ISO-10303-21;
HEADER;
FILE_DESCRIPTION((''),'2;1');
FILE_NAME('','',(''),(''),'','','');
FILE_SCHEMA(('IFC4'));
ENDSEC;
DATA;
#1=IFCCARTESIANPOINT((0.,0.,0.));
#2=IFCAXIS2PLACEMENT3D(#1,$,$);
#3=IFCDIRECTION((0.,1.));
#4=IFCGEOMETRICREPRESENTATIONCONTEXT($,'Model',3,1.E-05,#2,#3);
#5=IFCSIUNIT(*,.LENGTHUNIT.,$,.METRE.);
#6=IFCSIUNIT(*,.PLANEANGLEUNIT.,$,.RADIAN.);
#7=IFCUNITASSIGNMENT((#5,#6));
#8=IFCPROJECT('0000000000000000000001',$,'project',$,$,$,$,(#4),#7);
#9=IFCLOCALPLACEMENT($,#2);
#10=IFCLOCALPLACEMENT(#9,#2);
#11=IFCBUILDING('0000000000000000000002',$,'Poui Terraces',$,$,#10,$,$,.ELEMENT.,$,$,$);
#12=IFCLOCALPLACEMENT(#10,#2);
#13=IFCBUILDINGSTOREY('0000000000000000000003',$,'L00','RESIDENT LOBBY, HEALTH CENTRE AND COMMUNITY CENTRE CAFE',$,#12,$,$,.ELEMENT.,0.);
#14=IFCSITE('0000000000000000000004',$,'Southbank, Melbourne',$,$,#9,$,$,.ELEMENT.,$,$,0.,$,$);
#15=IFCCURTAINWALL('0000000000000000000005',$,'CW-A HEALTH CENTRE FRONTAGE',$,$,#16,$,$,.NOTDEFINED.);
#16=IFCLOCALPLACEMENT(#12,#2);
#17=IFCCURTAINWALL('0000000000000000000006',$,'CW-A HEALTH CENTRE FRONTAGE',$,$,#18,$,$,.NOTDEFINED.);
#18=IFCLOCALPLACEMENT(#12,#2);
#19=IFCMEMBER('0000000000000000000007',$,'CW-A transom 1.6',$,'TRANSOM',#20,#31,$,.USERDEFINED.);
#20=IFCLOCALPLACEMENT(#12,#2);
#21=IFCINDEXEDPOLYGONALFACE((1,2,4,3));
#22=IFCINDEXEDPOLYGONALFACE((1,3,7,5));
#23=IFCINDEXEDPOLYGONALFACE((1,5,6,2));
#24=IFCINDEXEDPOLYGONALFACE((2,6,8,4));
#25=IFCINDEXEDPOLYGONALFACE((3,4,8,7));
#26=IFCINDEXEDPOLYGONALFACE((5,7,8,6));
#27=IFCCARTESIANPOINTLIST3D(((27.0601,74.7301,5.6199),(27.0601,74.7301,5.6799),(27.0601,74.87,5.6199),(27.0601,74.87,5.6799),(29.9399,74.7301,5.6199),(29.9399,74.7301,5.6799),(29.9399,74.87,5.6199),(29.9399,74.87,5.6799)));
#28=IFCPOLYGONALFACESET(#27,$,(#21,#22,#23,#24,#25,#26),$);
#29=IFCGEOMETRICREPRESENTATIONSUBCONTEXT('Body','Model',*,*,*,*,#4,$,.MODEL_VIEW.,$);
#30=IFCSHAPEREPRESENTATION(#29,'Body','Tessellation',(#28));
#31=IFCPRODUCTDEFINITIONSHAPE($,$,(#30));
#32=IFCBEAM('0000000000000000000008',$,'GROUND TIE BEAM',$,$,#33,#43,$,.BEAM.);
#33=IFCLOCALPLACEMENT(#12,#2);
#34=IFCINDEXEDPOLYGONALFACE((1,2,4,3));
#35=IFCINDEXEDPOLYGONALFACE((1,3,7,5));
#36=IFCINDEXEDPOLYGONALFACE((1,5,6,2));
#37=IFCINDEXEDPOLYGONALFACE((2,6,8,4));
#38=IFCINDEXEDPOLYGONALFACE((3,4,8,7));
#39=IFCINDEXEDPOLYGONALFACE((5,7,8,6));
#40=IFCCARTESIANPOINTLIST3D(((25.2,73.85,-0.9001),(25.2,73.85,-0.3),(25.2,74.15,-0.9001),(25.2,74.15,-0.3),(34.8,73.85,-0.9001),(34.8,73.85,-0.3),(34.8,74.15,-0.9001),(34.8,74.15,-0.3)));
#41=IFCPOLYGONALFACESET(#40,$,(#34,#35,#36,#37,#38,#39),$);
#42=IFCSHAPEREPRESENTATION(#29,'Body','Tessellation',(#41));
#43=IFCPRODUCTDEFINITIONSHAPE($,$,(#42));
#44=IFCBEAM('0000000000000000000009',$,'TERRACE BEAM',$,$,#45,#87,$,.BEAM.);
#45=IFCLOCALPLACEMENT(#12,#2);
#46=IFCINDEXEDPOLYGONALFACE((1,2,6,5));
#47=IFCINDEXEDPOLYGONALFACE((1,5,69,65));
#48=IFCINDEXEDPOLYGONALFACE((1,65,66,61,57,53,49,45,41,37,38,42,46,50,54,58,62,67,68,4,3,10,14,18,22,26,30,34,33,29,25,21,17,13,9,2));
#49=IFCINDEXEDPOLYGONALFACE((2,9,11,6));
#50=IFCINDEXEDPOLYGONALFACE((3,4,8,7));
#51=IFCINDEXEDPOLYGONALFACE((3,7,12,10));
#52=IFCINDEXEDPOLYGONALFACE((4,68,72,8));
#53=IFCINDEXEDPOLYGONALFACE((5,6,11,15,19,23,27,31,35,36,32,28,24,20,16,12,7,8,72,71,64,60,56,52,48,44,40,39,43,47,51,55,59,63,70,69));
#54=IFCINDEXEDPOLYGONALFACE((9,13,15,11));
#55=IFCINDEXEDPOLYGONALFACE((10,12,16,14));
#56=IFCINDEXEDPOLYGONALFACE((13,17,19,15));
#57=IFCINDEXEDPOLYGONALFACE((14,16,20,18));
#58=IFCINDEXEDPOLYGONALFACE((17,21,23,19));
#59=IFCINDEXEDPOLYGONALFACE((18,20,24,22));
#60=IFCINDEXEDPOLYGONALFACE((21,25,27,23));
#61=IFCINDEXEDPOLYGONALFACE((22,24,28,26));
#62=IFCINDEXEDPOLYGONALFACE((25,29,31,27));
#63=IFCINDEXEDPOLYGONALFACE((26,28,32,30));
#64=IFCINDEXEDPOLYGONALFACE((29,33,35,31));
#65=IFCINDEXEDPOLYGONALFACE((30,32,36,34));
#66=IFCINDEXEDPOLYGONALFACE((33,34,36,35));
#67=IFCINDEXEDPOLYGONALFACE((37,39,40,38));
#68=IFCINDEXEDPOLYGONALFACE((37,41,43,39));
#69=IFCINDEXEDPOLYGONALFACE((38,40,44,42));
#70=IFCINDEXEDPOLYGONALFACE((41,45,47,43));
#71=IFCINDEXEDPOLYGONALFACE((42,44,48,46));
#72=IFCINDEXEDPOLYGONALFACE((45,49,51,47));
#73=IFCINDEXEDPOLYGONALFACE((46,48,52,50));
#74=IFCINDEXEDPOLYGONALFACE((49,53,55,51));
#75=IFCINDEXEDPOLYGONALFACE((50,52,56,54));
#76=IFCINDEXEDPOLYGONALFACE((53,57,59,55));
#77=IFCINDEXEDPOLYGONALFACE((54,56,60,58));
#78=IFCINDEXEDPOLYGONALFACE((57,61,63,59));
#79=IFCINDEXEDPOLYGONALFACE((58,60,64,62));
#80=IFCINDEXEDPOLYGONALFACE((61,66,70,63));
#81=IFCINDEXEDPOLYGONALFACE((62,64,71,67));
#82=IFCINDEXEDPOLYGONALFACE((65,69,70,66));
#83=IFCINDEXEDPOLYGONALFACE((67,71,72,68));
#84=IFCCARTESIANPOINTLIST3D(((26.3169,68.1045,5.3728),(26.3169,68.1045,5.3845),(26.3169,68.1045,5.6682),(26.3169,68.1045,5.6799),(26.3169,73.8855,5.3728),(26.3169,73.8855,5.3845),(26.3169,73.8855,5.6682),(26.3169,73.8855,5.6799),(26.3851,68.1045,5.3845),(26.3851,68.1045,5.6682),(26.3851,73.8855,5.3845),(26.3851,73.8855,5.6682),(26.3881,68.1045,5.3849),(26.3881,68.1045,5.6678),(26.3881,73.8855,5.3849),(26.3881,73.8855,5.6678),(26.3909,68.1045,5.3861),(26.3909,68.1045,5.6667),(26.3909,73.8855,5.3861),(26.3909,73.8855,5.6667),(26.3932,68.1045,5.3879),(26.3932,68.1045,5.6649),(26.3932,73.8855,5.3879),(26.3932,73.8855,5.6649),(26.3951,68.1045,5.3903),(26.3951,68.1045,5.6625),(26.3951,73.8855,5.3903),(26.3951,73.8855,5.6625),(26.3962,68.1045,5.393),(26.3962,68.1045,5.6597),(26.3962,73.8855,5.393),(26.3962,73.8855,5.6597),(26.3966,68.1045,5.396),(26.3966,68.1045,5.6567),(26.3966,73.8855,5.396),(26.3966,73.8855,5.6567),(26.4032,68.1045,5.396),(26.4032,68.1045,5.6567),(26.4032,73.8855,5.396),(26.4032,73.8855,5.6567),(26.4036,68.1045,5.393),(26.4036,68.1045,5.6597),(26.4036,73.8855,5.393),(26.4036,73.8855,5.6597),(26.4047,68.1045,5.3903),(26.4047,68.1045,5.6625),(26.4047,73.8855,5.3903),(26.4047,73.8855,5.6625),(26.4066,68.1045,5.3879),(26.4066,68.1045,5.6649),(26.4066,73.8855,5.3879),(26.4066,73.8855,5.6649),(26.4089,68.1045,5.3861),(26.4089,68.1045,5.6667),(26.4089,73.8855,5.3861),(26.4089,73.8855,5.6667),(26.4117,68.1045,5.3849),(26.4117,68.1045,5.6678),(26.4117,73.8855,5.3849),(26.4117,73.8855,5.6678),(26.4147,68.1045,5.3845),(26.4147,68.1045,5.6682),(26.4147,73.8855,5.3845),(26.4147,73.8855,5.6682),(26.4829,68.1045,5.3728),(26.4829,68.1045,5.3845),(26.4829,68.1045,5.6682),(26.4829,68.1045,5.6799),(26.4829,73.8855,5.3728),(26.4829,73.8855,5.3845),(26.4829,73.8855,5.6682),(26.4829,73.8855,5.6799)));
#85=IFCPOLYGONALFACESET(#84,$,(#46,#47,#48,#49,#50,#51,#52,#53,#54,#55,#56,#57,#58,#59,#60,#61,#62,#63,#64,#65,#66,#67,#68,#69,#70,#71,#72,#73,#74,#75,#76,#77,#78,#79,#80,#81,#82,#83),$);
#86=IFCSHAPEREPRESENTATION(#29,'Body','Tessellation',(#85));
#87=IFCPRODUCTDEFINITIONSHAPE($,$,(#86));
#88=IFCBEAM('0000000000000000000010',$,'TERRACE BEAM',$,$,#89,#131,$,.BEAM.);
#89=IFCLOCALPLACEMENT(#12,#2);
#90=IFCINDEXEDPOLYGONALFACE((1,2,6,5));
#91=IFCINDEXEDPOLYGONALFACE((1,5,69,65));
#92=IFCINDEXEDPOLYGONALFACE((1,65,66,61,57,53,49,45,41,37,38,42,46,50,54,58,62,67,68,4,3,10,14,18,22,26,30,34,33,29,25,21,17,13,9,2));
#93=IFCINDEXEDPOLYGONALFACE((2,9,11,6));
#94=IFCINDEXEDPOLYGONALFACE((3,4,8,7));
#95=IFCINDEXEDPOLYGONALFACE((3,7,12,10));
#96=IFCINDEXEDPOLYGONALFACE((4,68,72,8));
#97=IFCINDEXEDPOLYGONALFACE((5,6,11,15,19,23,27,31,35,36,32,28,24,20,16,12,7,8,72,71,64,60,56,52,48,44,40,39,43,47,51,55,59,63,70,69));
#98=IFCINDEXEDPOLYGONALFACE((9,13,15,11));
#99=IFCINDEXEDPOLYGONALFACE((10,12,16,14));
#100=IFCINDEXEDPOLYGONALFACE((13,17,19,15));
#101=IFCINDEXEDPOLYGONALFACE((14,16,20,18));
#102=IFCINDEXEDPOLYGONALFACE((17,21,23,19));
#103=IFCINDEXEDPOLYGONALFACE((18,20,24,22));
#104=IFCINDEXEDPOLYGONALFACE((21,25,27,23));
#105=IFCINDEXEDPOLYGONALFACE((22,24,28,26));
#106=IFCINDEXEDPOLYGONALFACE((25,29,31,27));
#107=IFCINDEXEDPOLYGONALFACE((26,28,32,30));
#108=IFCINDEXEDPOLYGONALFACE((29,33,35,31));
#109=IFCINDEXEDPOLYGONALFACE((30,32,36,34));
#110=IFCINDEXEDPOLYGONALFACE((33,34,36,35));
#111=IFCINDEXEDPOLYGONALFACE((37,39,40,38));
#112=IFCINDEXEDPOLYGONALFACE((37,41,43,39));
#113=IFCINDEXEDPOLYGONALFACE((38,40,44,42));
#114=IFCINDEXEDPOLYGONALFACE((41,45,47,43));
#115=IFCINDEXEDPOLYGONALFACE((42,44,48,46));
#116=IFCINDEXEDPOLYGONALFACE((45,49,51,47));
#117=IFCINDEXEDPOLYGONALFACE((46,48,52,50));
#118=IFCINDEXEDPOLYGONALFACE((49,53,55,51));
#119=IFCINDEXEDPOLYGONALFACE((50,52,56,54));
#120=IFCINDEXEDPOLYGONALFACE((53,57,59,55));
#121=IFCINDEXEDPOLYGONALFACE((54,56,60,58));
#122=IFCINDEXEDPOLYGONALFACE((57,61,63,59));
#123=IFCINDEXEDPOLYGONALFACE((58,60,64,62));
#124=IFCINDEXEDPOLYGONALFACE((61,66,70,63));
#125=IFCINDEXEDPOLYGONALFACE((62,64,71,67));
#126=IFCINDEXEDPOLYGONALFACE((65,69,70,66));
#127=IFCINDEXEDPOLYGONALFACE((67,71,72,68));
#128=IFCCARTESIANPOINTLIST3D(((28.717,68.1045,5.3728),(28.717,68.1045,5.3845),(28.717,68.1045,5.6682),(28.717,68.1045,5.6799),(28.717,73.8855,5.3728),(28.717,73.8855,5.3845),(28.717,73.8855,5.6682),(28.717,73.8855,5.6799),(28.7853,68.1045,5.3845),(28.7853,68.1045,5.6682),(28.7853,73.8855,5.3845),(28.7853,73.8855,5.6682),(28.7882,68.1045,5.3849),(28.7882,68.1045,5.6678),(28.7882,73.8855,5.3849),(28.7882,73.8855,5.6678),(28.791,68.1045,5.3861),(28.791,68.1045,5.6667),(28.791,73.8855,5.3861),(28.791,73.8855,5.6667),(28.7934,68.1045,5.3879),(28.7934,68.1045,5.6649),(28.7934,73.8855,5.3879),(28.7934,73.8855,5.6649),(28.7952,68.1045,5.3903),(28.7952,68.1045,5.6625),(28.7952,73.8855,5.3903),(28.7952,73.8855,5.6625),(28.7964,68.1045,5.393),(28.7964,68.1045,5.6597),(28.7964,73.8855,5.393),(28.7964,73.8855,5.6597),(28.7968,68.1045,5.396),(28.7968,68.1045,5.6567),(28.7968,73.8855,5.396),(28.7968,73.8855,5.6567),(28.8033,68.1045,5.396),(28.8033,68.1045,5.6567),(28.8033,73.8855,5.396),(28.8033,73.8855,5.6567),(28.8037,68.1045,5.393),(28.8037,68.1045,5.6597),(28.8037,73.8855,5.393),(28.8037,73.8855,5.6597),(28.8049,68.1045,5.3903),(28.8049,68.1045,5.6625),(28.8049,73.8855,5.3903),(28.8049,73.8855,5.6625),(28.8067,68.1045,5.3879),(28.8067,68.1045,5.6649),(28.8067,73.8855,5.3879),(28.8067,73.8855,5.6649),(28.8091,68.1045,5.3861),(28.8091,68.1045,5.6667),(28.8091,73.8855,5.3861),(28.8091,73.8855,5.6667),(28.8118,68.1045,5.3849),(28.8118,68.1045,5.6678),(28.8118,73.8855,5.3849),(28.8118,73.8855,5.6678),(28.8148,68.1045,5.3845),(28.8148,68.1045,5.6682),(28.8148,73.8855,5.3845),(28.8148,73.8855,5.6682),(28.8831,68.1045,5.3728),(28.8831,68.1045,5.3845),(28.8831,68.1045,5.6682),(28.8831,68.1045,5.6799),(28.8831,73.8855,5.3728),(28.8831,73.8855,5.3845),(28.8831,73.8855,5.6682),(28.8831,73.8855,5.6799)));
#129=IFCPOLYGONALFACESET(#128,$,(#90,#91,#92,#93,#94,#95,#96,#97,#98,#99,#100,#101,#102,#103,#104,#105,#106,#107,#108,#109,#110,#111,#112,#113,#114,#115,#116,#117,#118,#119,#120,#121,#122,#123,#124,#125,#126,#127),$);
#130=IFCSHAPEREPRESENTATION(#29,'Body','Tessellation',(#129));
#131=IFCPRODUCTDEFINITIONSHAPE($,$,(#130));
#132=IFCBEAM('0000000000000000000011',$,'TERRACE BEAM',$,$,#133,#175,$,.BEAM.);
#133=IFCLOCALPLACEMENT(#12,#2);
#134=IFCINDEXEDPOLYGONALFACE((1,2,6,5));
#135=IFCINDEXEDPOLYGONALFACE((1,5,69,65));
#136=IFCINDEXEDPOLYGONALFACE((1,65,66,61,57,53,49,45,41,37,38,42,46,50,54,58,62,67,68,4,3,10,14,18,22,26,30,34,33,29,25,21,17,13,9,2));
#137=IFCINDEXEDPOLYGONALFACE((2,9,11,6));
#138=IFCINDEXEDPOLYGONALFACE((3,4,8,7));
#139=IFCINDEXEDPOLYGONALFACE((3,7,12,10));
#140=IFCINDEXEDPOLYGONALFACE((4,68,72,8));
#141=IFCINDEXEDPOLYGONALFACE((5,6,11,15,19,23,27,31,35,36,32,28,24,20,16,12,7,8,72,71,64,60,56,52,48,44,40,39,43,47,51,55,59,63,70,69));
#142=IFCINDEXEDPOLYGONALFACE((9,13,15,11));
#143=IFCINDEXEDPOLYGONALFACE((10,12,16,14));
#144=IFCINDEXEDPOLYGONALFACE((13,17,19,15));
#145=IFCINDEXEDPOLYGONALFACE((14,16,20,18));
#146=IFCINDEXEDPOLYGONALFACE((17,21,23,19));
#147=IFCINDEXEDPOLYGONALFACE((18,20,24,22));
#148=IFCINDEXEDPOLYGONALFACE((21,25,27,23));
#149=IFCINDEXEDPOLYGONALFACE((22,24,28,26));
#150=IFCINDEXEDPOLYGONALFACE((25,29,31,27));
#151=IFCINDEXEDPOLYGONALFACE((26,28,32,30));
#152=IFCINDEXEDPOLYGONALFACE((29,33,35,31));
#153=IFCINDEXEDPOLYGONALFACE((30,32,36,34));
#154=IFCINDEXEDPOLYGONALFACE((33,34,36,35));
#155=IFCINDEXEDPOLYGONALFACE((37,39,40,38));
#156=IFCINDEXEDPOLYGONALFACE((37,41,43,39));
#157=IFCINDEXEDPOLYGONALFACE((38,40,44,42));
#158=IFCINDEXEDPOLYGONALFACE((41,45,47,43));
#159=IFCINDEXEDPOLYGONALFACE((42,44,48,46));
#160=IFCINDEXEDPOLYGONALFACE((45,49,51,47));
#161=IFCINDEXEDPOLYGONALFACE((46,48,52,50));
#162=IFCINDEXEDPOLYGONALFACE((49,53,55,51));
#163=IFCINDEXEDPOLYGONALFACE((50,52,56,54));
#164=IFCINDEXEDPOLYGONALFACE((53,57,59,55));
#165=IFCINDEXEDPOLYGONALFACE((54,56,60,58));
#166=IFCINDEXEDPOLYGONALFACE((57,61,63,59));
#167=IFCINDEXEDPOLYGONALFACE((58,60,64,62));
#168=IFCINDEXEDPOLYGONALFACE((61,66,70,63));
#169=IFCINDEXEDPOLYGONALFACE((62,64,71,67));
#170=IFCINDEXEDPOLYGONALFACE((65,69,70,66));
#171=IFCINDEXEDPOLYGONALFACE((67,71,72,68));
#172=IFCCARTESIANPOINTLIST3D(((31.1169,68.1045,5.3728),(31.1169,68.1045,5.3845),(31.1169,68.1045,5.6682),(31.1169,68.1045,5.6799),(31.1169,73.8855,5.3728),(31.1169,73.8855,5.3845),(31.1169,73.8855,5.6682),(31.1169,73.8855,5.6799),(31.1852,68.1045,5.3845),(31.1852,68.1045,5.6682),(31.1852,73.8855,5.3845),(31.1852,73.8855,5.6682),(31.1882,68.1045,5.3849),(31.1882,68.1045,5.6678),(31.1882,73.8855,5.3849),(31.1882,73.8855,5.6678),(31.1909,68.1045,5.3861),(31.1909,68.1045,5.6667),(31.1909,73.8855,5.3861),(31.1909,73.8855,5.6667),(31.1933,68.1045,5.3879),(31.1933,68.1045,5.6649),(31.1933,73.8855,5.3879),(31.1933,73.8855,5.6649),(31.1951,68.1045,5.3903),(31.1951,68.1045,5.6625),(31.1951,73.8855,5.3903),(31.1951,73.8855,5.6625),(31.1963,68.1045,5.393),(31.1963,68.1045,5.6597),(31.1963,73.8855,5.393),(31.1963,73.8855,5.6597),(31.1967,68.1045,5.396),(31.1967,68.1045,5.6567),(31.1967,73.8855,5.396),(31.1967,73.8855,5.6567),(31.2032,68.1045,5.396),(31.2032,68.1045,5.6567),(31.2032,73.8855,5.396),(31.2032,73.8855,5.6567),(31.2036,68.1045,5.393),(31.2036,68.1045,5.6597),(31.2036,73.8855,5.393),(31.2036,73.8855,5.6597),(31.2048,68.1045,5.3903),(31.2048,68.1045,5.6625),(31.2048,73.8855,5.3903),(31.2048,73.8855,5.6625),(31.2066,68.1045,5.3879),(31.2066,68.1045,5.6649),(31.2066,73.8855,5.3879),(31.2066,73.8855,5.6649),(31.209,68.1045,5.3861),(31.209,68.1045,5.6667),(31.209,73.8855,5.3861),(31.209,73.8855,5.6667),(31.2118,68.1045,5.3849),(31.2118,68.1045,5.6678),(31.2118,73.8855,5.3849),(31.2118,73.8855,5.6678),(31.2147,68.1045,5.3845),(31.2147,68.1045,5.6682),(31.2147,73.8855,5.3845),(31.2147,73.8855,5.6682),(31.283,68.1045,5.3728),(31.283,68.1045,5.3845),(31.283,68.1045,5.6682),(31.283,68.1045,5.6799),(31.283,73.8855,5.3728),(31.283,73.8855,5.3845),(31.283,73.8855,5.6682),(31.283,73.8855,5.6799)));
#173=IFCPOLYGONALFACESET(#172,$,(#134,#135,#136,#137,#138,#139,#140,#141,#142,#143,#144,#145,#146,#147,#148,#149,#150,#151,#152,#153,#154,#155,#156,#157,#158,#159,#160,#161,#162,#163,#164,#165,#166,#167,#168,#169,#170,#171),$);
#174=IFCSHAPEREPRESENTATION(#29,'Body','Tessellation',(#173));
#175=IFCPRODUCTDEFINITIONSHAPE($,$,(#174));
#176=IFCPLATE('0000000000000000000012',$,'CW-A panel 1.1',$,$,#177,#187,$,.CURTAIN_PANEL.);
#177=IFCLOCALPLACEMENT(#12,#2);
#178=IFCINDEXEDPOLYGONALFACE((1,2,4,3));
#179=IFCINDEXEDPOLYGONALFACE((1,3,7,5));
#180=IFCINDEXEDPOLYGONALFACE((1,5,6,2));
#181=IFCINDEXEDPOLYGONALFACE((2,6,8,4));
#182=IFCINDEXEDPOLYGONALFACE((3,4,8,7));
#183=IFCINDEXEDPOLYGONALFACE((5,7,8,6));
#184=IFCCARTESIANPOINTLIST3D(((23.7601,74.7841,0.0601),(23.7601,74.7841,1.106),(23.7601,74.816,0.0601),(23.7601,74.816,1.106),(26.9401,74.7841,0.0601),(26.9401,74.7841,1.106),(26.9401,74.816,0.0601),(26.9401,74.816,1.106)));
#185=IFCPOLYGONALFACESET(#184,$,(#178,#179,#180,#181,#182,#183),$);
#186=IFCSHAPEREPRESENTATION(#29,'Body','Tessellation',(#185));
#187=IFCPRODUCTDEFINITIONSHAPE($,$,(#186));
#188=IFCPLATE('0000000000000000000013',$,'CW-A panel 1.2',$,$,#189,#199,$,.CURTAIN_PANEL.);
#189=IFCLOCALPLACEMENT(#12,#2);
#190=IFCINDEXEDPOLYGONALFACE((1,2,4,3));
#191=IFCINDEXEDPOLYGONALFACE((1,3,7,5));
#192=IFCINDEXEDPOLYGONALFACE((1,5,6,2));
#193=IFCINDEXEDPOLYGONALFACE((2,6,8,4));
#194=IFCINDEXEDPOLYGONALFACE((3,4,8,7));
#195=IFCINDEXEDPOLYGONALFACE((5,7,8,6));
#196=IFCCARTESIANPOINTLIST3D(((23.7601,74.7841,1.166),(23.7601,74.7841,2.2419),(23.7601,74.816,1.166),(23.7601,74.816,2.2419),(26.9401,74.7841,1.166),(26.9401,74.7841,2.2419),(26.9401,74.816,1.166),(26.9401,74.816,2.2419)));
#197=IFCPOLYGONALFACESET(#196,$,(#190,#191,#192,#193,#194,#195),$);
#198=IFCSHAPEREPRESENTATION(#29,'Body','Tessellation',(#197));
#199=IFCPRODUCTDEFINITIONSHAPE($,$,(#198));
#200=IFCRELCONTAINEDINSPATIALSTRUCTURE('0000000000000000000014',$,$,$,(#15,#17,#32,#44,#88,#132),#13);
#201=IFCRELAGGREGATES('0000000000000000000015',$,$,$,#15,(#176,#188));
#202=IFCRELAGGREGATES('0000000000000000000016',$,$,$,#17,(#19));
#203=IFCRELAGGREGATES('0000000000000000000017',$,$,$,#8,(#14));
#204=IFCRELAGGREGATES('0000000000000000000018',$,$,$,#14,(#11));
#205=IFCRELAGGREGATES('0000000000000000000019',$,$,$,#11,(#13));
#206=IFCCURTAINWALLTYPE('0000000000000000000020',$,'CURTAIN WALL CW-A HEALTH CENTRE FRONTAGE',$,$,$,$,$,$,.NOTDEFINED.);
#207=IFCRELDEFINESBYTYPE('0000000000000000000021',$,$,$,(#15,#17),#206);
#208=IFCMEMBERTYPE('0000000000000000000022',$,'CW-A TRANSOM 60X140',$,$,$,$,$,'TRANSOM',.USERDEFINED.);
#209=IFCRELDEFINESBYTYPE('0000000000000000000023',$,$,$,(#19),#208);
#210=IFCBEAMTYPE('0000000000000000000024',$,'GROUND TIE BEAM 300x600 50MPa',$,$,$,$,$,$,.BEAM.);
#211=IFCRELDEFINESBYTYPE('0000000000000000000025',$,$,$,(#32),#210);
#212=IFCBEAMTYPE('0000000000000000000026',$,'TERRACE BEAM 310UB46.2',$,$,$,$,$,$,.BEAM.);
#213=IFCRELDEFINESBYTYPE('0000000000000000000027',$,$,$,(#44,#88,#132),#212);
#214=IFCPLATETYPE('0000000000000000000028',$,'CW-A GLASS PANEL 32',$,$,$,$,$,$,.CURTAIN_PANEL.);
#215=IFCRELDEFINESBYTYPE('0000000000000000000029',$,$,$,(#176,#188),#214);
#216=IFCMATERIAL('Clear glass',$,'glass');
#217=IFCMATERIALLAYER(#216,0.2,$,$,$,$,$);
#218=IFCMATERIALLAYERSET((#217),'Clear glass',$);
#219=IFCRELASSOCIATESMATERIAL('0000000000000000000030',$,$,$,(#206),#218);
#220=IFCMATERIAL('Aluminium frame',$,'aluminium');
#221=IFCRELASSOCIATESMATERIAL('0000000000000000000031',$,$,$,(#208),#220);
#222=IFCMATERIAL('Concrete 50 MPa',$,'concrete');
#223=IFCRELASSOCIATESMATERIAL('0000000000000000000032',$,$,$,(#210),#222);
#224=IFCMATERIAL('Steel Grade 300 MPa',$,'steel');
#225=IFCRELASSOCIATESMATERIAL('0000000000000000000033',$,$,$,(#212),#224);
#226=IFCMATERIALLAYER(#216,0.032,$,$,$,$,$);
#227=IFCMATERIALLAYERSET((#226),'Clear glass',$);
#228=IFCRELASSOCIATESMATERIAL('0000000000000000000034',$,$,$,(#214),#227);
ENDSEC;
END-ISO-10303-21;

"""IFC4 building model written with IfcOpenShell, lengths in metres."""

from ifc_helpers import new_model, si_unit, direction, frame, origin, origin_2d, place, context, subcontext, project, spatial, rectangle, i_section, extrude, source, transform, mapped, material, layer, layer_set, material_profile, profile_set, type_object, element, aggregate, save


model = new_model("IFC4")

# Units and contexts
model_context = context("Model", 3, precision=1e-05, world=origin(), true_north=direction((0.0, 1.0)))
body_context = subcontext(model_context, "Body", "Model", "MODEL_VIEW")
ifc_project = project(units=[si_unit("LENGTHUNIT", "METRE"), si_unit("PLANEANGLEUNIT", "RADIAN")], contexts=[model_context])

# Site, building, storey
site_placement = place(None, origin())
site = spatial("IfcSite", under=ifc_project, at=site_placement, Name="Southbank, Melbourne", CompositionType="ELEMENT", RefElevation=0.0)
building_placement = place(site_placement, origin())
building = spatial("IfcBuilding", under=site, at=building_placement, Name="Poui Terraces", CompositionType="ELEMENT")
storey_placement = place(building_placement, origin())
storey = spatial("IfcBuildingStorey", under=building, at=storey_placement, Name="L00", Description="RESIDENT LOBBY, HEALTH CENTRE AND COMMUNITY CENTRE CAFE", CompositionType="ELEMENT", Elevation=0.0)

# Curtain wall
ifc_material_1 = material(Name="Clear glass", Category="glass")
ifc_layer_1 = layer(ifc_material_1, 0.2)
ifc_layer_set_1 = layer_set([ifc_layer_1], Name="Clear glass")
curtain_wall_type = type_object("IfcCurtainWallType", Name="CURTAIN WALL CW-A HEALTH CENTRE FRONTAGE", PredefinedType="NOTDEFINED", material=ifc_layer_set_1)
curtain_wall_1_placement = place(storey_placement, origin())
curtain_wall_1 = element("IfcCurtainWall", 1, at=curtain_wall_1_placement, inside=storey, type_object=curtain_wall_type, Name="CW-A HEALTH CENTRE FRONTAGE", PredefinedType="NOTDEFINED")
ifc_material_2 = material(Name="Aluminium frame", Category="aluminium")

# Curtain wall
curtain_wall_2_placement = place(storey_placement, origin())
curtain_wall_2 = element("IfcCurtainWall", 2, at=curtain_wall_2_placement, inside=storey, type_object=curtain_wall_type, Name="CW-A HEALTH CENTRE FRONTAGE", PredefinedType="NOTDEFINED")

# Member
ifc_material_profile_1 = material_profile(ifc_material_2, rectangle(XDim=0.1399, YDim=0.0601, at=origin_2d()), Name="CW-A TRANSOM 60X140")
ifc_profile_set_1 = profile_set([ifc_material_profile_1], Name="Aluminium frame")
member_type_1 = type_object("IfcMemberType", Name="CW-A TRANSOM 60X140", ElementType="TRANSOM", PredefinedType="USERDEFINED", material=ifc_profile_set_1)
member_1_placement = place(storey_placement, frame((29.9399, 74.8, 5.6499), z_axis=(-1.0, 0.0, 0.0), x_axis=(0.0, -1.0, 0.0)))
member_1 = element("IfcMember", 3, at=member_1_placement, type_object=member_type_1, Name="CW-A transom 1.6", ObjectType="TRANSOM", PredefinedType="USERDEFINED", context=body_context, shape_type="SweptSolid", body=[
    extrude(rectangle(XDim=0.1399, YDim=0.0601, at=origin_2d()), origin(), (0.0, 0.0, 1.0), 2.8799),
])

# Beams
ifc_material_3 = material(Name="Concrete 50 MPa", Category="concrete")
ifc_material_profile_2 = material_profile(ifc_material_3, rectangle(XDim=0.3, YDim=0.6001, at=origin_2d()), Name="RC 300x600")
ifc_profile_set_2 = profile_set([ifc_material_profile_2], Name="Concrete 50 MPa")
beam_type_1 = type_object("IfcBeamType", Name="GROUND TIE BEAM 300x600 50MPa", PredefinedType="BEAM", material=ifc_profile_set_2)
shared_shape_1 = source(origin(), body_context, "Body", "SweptSolid", [
    extrude(rectangle(XDim=0.3, YDim=0.6001, at=origin_2d()), origin(), (0.0, 0.0, 1.0), 9.6001),
])
beam_placement = place(storey_placement, frame((25.2, 74.0, -0.6001), z_axis=(1.0, 0.0, 0.0), x_axis=(0.0, 1.0, 0.0)))
element("IfcBeam", 4, at=beam_placement, inside=storey, type_object=beam_type_1, Name="GROUND TIE BEAM", PredefinedType="BEAM", context=body_context, shape_type="MappedRepresentation", body=[
    mapped(shared_shape_1, transform((0.0, 0.0, 0.0))),
])
ifc_material_4 = material(Name="Steel Grade 300 MPa", Category="steel")
ifc_material_profile_3 = material_profile(ifc_material_4, i_section(OverallWidth=0.166, OverallDepth=0.3071, WebThickness=0.0066, FlangeThickness=0.0117, FilletRadius=0.0115, at=origin_2d()), Name="310UB46.2")
ifc_profile_set_3 = profile_set([ifc_material_profile_3], Name="Steel Grade 300 MPa")
beam_type_2 = type_object("IfcBeamType", Name="TERRACE BEAM 310UB46.2", PredefinedType="BEAM", material=ifc_profile_set_3)
shared_shape_2 = source(origin(), body_context, "Body", "SweptSolid", [
    extrude(i_section(OverallWidth=0.166, OverallDepth=0.3071, WebThickness=0.0066, FlangeThickness=0.0117, FilletRadius=0.0115, at=origin_2d()), origin(), (0.0, 0.0, 1.0), 5.781),
])
for number, where, z_axis, x_axis, name in (
    (5, (26.3999, 68.1045, 5.5264), (0.0, 1.0, 0.0), (-1.0, 0.0, 0.0), "TERRACE BEAM"),
    (6, (28.8, 68.1045, 5.5264), (0.0, 1.0, 0.0), (-1.0, 0.0, 0.0), "TERRACE BEAM"),
    (7, (31.2, 68.1045, 5.5264), (0.0, 1.0, 0.0), (-1.0, 0.0, 0.0), "TERRACE BEAM"),
):
    element("IfcBeam", number, at=place(storey_placement, frame(where, z_axis=z_axis, x_axis=x_axis)), inside=storey, type_object=beam_type_2, Name=name, PredefinedType="BEAM", context=body_context, shape_type="MappedRepresentation", body=[
        mapped(shared_shape_2, transform((0.0, 0.0, 0.0))),
    ])

# Plates
ifc_layer_2 = layer(ifc_material_1, 0.032)
ifc_layer_set_2 = layer_set([ifc_layer_2], Name="Clear glass")
plate_type = type_object("IfcPlateType", Name="CW-A GLASS PANEL 32", PredefinedType="CURTAIN_PANEL", material=ifc_layer_set_2)
plate_1_placement = place(storey_placement, frame((25.3501, 74.8, 0.0601), z_axis=(0.0, 0.0, 1.0), x_axis=(-1.0, 0.0, 0.0)))
plate_1 = element("IfcPlate", 8, at=plate_1_placement, type_object=plate_type, Name="CW-A panel 1.1", PredefinedType="CURTAIN_PANEL", context=body_context, shape_type="SweptSolid", body=[
    extrude(rectangle(XDim=3.1799, YDim=0.032, at=origin_2d()), origin(), (0.0, 0.0, 1.0), 1.0459),
])
plate_2_placement = place(storey_placement, frame((25.3501, 74.8, 1.166), z_axis=(0.0, 0.0, 1.0), x_axis=(-1.0, 0.0, 0.0)))
plate_2 = element("IfcPlate", 9, at=plate_2_placement, type_object=plate_type, Name="CW-A panel 1.2", PredefinedType="CURTAIN_PANEL", context=body_context, shape_type="SweptSolid", body=[
    extrude(rectangle(XDim=3.1799, YDim=0.032, at=origin_2d()), origin(), (0.0, 0.0, 1.0), 1.0759),
])
aggregate(curtain_wall_1, [plate_1, plate_2])
aggregate(curtain_wall_2, [member_1])

save(model, "model.ifc")
